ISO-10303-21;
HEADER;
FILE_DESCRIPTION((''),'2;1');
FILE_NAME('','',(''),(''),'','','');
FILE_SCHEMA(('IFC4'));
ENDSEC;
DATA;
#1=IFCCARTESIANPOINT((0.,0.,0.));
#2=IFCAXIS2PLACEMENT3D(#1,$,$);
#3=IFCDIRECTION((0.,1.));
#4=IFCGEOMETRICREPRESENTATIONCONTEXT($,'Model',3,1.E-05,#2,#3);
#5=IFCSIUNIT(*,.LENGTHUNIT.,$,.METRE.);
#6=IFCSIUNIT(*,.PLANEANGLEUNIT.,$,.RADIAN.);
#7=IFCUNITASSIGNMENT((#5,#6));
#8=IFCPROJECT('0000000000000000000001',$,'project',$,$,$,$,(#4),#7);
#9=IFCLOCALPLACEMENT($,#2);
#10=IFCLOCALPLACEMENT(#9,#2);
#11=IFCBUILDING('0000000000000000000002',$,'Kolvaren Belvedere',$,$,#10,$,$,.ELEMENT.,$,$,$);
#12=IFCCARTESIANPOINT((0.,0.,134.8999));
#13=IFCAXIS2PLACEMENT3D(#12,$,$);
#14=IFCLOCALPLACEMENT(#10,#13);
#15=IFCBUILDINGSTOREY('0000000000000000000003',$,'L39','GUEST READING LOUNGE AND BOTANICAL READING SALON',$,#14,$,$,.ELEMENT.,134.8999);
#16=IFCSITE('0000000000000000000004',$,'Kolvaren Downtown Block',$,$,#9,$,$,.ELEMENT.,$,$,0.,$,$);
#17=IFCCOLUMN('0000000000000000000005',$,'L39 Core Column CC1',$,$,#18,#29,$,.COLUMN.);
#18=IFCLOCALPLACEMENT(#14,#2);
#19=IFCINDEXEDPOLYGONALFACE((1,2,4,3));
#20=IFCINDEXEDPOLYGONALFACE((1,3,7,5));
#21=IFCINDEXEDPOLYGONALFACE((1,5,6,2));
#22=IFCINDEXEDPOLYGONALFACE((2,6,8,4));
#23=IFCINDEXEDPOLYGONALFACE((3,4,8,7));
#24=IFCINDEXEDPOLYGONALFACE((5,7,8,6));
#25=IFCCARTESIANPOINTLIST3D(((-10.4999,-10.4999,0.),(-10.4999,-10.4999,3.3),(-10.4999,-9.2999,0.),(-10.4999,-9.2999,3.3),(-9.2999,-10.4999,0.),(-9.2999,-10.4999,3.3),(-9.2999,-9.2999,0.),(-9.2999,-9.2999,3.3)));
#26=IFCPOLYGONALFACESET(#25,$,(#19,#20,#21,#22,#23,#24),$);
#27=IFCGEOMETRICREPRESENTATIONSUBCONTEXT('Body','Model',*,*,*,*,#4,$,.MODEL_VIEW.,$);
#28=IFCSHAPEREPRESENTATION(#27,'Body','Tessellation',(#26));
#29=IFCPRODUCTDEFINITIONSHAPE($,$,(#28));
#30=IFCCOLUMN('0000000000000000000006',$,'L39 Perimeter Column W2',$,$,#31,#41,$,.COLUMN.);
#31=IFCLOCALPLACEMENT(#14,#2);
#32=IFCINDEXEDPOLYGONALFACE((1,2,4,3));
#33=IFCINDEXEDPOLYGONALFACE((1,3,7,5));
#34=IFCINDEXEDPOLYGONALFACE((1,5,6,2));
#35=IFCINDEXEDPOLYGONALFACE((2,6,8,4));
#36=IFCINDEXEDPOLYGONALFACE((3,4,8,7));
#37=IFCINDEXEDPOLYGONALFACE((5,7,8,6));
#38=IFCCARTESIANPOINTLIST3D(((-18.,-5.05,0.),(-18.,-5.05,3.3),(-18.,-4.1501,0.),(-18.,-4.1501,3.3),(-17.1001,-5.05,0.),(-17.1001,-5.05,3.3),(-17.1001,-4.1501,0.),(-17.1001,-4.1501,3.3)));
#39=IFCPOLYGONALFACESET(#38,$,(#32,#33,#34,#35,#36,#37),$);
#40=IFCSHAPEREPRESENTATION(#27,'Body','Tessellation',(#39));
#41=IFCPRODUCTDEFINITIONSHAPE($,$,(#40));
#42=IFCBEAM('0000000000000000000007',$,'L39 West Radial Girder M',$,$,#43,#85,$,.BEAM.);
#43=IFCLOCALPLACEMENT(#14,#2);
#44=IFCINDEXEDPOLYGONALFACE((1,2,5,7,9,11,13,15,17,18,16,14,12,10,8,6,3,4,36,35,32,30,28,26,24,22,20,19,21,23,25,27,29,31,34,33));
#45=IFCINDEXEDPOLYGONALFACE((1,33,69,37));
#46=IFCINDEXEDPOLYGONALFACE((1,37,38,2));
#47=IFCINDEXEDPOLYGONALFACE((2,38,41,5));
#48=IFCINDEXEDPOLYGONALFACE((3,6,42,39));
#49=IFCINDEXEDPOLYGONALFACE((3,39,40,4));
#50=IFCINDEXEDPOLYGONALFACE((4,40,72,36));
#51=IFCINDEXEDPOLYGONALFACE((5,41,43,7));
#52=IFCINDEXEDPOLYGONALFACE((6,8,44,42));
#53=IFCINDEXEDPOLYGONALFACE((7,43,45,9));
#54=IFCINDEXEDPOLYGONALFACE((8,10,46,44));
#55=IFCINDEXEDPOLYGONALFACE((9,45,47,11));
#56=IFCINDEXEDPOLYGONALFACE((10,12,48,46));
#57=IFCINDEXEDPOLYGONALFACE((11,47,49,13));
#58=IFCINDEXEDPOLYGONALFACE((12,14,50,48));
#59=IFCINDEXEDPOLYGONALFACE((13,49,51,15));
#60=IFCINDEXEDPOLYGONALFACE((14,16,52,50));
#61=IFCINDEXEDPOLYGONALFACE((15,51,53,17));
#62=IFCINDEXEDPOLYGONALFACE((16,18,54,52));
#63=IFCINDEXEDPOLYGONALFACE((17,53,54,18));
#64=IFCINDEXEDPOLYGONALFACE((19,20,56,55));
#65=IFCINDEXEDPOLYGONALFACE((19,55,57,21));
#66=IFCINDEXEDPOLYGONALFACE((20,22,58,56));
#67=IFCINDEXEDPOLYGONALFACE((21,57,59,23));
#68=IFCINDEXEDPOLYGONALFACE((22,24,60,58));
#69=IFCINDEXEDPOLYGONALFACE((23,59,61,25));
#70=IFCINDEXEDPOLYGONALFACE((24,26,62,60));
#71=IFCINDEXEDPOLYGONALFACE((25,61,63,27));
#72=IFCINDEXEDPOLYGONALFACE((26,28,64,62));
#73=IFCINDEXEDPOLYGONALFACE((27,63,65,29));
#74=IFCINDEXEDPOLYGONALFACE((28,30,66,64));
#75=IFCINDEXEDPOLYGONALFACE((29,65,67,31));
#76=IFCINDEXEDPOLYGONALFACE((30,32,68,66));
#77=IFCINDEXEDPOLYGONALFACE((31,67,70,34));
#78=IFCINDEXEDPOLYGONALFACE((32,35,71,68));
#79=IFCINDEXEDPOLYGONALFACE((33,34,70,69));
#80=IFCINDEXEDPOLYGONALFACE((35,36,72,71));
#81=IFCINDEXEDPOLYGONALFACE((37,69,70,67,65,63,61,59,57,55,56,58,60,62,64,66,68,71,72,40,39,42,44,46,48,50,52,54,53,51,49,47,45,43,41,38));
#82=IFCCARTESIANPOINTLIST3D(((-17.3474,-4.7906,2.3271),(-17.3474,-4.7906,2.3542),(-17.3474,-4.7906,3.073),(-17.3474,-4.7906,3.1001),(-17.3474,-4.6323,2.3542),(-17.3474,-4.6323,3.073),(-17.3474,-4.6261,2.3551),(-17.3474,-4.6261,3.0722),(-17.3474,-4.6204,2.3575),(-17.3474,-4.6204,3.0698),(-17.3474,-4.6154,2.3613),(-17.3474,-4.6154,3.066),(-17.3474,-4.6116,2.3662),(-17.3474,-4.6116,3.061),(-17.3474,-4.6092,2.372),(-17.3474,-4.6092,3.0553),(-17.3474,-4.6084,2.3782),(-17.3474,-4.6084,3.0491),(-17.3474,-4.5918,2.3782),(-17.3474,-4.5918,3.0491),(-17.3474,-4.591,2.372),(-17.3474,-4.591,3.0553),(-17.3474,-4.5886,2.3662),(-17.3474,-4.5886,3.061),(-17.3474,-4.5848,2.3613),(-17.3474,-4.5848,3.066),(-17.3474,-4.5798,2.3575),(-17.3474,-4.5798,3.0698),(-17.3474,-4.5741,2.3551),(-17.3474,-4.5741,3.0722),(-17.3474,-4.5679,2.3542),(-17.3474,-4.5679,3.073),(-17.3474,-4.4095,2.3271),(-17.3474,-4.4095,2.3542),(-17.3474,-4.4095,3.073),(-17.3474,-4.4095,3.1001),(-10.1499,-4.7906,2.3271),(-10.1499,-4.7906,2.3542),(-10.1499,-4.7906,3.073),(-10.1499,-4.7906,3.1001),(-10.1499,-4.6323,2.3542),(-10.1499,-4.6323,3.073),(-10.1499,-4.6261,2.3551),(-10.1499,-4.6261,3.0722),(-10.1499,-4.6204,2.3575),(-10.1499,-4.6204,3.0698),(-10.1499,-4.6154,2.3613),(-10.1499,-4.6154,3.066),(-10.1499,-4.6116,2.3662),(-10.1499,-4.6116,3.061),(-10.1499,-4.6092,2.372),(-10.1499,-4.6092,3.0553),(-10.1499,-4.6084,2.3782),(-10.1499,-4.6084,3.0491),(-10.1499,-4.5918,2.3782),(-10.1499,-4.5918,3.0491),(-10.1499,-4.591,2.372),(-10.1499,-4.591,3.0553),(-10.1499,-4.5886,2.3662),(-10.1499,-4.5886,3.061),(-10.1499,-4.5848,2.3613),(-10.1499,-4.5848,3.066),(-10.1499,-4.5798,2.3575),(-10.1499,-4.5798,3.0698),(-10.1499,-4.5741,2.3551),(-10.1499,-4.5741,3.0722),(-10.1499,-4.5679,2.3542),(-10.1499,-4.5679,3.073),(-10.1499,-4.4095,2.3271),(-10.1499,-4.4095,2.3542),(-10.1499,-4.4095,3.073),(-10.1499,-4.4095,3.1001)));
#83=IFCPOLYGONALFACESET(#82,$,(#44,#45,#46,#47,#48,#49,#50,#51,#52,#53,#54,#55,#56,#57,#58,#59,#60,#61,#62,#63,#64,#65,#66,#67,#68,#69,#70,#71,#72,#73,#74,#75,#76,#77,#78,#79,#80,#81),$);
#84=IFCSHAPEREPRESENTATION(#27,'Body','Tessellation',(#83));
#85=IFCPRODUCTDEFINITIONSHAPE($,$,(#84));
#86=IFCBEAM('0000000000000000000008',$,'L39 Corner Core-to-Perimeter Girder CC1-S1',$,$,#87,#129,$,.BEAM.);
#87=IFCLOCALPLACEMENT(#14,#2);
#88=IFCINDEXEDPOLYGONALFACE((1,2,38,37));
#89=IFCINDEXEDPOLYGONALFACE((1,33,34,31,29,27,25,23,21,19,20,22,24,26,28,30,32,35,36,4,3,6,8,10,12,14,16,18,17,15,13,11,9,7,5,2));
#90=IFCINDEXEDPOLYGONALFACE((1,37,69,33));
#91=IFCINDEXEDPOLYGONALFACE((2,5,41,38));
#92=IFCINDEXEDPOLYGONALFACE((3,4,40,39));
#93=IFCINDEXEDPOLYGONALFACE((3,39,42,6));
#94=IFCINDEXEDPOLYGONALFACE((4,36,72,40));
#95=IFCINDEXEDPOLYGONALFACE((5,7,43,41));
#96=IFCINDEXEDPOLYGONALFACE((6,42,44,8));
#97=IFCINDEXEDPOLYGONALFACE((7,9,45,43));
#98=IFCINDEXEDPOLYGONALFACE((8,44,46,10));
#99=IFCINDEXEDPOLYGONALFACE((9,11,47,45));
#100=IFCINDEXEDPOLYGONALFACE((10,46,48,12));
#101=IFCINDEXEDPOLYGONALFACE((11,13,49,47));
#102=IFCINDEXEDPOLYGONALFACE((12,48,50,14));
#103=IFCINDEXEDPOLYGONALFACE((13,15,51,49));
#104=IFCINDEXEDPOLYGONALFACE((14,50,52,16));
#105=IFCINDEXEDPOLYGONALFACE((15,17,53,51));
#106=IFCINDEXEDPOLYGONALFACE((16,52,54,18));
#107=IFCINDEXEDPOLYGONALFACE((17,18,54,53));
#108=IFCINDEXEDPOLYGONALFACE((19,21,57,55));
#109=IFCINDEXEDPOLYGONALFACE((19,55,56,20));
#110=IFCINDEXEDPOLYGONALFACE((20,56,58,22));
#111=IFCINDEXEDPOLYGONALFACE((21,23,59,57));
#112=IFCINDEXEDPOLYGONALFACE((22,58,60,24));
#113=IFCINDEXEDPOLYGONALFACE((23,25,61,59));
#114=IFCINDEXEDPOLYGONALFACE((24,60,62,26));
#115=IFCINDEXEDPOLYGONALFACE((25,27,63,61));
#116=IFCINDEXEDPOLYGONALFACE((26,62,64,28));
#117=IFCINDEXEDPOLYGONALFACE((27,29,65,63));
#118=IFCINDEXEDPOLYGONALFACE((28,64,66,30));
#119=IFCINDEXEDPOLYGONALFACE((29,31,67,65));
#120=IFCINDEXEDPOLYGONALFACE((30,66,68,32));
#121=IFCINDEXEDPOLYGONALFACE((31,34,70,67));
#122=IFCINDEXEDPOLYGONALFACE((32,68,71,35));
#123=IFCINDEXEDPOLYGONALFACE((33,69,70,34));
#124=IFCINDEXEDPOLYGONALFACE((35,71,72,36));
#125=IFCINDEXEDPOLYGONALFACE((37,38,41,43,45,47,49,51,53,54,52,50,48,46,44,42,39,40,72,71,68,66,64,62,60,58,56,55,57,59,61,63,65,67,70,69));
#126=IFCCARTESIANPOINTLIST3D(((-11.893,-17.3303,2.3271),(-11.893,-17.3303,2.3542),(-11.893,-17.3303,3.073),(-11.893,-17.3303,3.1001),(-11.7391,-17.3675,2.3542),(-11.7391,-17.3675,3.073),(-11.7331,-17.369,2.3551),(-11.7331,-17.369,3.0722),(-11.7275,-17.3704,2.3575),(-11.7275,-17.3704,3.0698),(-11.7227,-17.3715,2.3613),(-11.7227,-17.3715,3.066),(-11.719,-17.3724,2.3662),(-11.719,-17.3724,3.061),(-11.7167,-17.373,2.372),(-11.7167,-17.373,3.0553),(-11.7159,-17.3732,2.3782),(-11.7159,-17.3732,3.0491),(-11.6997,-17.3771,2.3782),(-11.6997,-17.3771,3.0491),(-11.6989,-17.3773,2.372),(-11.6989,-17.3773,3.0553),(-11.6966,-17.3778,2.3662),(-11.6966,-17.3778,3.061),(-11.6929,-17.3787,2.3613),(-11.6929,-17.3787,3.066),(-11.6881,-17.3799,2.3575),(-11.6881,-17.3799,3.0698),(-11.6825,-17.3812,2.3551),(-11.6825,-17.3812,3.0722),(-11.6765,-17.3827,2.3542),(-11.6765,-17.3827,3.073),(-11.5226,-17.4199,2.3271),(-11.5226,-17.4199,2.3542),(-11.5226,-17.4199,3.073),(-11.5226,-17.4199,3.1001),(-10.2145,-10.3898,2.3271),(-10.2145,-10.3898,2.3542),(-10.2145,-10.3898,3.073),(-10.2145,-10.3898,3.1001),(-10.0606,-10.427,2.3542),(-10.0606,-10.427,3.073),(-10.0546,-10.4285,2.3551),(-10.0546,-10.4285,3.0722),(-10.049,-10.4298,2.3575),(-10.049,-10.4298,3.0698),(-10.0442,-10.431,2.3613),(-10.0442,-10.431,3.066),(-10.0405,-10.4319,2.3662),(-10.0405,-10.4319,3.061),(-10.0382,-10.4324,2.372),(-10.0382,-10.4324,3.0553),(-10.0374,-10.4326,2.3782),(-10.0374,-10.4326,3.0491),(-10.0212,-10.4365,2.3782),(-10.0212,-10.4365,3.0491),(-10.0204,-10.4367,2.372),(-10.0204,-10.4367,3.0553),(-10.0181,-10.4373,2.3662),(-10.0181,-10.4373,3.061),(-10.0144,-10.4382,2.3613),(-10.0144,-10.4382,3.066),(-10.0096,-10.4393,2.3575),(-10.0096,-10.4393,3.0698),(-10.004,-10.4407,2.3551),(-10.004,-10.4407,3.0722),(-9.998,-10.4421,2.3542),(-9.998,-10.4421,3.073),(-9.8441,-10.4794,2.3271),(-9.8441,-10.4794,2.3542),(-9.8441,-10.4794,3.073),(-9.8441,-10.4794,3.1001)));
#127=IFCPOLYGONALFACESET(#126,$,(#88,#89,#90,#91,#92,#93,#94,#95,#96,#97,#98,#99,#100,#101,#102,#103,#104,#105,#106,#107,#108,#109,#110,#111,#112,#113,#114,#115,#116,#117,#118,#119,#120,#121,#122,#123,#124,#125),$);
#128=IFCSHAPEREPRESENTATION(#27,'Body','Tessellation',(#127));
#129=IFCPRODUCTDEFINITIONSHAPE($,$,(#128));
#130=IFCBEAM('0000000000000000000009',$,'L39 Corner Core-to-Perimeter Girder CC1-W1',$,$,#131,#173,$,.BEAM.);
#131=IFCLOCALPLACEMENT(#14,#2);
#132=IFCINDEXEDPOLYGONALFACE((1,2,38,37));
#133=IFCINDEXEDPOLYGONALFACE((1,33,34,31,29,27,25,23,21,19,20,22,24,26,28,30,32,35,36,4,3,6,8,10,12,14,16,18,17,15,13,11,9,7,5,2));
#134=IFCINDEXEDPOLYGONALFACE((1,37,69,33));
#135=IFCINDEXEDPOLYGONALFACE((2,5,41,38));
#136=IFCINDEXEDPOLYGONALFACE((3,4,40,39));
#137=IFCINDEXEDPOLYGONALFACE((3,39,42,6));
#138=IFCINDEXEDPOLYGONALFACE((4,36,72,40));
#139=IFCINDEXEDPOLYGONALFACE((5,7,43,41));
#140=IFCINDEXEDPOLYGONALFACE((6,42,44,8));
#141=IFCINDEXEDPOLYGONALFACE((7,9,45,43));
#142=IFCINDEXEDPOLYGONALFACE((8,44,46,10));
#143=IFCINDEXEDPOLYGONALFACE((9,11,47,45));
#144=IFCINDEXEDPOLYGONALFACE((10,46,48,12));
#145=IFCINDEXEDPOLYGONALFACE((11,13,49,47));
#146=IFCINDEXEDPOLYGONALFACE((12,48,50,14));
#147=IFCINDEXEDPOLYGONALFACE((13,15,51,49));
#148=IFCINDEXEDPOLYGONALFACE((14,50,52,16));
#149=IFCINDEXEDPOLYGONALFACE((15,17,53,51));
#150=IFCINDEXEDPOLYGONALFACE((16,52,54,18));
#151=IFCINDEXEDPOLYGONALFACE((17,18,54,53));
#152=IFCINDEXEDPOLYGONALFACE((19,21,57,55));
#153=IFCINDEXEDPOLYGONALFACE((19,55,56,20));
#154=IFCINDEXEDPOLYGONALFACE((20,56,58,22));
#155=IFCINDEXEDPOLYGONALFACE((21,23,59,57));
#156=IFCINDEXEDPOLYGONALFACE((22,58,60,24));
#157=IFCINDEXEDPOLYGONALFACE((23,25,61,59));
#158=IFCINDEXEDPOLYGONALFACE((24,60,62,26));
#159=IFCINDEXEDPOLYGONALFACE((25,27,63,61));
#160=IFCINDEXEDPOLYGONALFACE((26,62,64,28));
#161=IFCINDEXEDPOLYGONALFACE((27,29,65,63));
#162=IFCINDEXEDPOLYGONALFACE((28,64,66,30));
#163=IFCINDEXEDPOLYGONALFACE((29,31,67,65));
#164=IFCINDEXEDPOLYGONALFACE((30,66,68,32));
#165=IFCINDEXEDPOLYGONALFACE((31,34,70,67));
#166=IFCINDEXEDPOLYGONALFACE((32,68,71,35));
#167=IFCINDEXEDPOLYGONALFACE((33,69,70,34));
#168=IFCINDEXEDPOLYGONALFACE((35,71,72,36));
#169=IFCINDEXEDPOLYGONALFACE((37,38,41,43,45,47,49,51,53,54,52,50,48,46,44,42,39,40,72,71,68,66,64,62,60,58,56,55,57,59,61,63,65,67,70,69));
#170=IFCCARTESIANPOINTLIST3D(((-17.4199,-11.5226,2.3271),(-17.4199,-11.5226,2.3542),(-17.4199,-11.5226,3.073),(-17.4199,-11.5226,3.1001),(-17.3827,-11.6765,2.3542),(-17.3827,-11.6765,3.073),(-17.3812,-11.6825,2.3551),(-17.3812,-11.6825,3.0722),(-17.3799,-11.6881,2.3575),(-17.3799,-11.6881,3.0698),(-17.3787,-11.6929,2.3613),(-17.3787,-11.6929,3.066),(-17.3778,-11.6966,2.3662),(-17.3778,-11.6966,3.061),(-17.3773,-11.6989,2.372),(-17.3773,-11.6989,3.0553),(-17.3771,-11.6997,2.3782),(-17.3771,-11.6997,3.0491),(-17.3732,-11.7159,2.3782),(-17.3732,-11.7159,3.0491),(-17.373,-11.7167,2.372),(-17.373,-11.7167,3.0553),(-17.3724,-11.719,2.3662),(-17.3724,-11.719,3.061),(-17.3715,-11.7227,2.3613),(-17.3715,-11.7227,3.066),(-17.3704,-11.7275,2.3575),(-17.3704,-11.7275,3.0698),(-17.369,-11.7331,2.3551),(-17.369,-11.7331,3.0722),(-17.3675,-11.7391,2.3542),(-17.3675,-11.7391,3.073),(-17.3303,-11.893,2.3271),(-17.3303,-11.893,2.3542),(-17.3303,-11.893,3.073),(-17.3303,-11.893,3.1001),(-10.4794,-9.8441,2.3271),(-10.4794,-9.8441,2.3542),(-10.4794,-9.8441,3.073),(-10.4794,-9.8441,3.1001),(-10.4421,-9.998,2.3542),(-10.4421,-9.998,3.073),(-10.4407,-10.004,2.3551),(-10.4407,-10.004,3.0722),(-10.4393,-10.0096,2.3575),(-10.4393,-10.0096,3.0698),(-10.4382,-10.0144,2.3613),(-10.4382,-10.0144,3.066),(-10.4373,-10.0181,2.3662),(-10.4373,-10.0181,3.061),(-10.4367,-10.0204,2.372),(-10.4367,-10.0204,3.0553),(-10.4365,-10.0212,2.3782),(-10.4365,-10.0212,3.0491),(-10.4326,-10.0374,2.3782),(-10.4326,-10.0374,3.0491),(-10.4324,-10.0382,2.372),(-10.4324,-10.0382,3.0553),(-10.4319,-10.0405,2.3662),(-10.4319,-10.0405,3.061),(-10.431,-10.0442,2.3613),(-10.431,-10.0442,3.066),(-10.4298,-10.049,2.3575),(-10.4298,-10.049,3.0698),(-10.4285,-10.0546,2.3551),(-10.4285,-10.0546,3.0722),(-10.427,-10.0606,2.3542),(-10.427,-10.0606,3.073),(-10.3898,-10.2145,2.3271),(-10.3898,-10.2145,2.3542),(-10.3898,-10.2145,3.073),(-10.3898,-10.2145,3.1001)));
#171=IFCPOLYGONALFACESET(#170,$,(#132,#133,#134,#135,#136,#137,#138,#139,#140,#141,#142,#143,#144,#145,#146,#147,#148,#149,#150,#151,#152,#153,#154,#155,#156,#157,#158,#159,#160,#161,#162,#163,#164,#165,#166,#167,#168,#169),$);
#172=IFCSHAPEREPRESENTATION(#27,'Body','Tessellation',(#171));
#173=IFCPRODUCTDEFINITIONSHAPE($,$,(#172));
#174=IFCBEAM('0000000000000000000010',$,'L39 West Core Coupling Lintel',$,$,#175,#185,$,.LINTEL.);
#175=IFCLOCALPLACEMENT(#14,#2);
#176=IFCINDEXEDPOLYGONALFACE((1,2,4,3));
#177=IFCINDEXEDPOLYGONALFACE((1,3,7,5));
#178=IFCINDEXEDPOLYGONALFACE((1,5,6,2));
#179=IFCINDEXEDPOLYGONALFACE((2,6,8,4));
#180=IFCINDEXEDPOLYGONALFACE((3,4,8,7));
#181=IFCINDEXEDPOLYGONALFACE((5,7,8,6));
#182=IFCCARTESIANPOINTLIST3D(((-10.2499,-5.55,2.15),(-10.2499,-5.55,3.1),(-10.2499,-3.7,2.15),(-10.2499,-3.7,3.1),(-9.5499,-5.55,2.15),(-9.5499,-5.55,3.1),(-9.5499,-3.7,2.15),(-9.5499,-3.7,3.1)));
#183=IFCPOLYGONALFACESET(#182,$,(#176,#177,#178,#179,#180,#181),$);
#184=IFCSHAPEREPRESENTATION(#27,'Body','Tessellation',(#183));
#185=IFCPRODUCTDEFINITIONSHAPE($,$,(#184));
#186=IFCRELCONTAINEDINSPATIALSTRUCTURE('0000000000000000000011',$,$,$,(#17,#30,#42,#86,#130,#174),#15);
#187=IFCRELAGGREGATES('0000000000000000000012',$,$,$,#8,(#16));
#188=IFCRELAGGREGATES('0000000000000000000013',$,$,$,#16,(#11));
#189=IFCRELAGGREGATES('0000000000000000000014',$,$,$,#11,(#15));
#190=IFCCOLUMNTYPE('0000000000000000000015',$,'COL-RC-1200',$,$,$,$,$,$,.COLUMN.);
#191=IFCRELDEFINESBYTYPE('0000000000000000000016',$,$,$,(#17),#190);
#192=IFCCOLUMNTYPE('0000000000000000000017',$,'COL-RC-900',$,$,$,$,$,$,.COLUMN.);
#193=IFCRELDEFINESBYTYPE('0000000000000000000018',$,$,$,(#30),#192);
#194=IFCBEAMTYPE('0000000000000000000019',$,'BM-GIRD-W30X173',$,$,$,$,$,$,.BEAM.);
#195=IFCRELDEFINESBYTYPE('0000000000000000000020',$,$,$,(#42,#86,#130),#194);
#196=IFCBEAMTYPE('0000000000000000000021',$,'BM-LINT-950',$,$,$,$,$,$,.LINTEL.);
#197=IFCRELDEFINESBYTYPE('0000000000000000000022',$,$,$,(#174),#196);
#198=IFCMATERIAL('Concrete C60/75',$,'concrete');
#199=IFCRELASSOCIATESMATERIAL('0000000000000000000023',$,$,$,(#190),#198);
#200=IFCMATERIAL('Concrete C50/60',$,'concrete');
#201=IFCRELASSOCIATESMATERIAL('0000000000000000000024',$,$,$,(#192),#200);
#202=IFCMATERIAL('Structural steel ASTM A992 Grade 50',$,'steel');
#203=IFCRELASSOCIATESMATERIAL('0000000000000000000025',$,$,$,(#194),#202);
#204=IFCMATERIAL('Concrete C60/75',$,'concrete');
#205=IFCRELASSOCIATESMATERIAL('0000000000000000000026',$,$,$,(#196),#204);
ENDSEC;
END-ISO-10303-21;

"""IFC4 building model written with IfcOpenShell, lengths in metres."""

from ifc_helpers import new_model, si_unit, direction, frame, origin, origin_2d, place, context, subcontext, project, spatial, rectangle, i_section, extrude, material, material_profile, profile_set, type_object, element, save


model = new_model("IFC4")

# Units and contexts
model_context = context("Model", 3, precision=1e-05, world=origin(), true_north=direction((0.0, 1.0)))
body_context = subcontext(model_context, "Body", "Model", "MODEL_VIEW")
ifc_project = project(units=[si_unit("LENGTHUNIT", "METRE"), si_unit("PLANEANGLEUNIT", "RADIAN")], contexts=[model_context])

# Site, building, storey
site_placement = place(None, origin())
site = spatial("IfcSite", under=ifc_project, at=site_placement, Name="Kolvaren Downtown Block", CompositionType="ELEMENT", RefElevation=0.0)
building_placement = place(site_placement, origin())
building = spatial("IfcBuilding", under=site, at=building_placement, Name="Kolvaren Belvedere", CompositionType="ELEMENT")
storey_placement = place(building_placement, frame((0.0, 0.0, 134.8999)))
storey = spatial("IfcBuildingStorey", under=building, at=storey_placement, Name="L39", Description="GUEST READING LOUNGE AND BOTANICAL READING SALON", CompositionType="ELEMENT", Elevation=134.8999)

# Columns
ifc_material_1 = material(Name="Concrete C60/75", Category="concrete")
ifc_material_profile_1 = material_profile(ifc_material_1, rectangle(XDim=1.2, YDim=1.2, at=origin_2d()), Name="RC 1200X1200")
ifc_profile_set_1 = profile_set([ifc_material_profile_1], Name="Concrete C60/75")
column_type_1 = type_object("IfcColumnType", Name="COL-RC-1200", PredefinedType="COLUMN", material=ifc_profile_set_1)
column_1_placement = place(storey_placement, frame((-9.8999, -9.8999, 0.0), z_axis=(0.0, 0.0, 1.0), x_axis=(1.0, 0.0, 0.0)))
element("IfcColumn", 1, at=column_1_placement, inside=storey, type_object=column_type_1, Name="L39 Core Column CC1", PredefinedType="COLUMN", context=body_context, shape_type="SweptSolid", body=[
    extrude(rectangle(XDim=1.2, YDim=1.2, at=origin_2d()), origin(), (0.0, 0.0, 1.0), 3.3),
])
ifc_material_2 = material(Name="Concrete C50/60", Category="concrete")
ifc_material_profile_2 = material_profile(ifc_material_2, rectangle(XDim=0.8999, YDim=0.8999, at=origin_2d()), Name="RC 900X900")
ifc_profile_set_2 = profile_set([ifc_material_profile_2], Name="Concrete C50/60")
column_type_2 = type_object("IfcColumnType", Name="COL-RC-900", PredefinedType="COLUMN", material=ifc_profile_set_2)
column_2_placement = place(storey_placement, frame((-17.55, -4.6001, 0.0), z_axis=(0.0, 0.0, 1.0), x_axis=(1.0, 0.0, 0.0)))
element("IfcColumn", 2, at=column_2_placement, inside=storey, type_object=column_type_2, Name="L39 Perimeter Column W2", PredefinedType="COLUMN", context=body_context, shape_type="SweptSolid", body=[
    extrude(rectangle(XDim=0.8999, YDim=0.8999, at=origin_2d()), origin(), (0.0, 0.0, 1.0), 3.3),
])

# Beams
ifc_material_3 = material(Name="Structural steel ASTM A992 Grade 50", Category="steel")
ifc_material_profile_3 = material_profile(ifc_material_3, i_section(OverallWidth=0.3811, OverallDepth=0.7729, WebThickness=0.0166, FlangeThickness=0.0271, FilletRadius=0.0239, at=origin_2d()), Name="W30X173")
ifc_profile_set_3 = profile_set([ifc_material_profile_3], Name="Structural steel ASTM A992 Grade 50")
beam_type_1 = type_object("IfcBeamType", Name="BM-GIRD-W30X173", PredefinedType="BEAM", material=ifc_profile_set_3)
beam_1_placement = place(storey_placement, frame((-10.1499, -4.6001, 2.7136), z_axis=(-1.0, 0.0, 0.0), x_axis=(0.0, -1.0, 0.0)))
element("IfcBeam", 3, at=beam_1_placement, inside=storey, type_object=beam_type_1, Name="L39 West Radial Girder M", PredefinedType="BEAM", context=body_context, shape_type="SweptSolid", body=[
    extrude(i_section(OverallWidth=0.3811, OverallDepth=0.7729, WebThickness=0.0166, FlangeThickness=0.0271, FilletRadius=0.0239, at=origin_2d()), origin(), (0.0, 0.0, 1.0), 7.1975),
])
for number, where, z_axis, x_axis, name in (
    (4, (-10.0293, -10.4346, 2.7136), (-0.235063, -0.97198, 0.0), (0.97198, -0.235063, 0.0), "L39 Corner Core-to-Perimeter Girder CC1-S1"),
    (5, (-10.4346, -10.0293, 2.7136), (-0.97198, -0.235063, 0.0), (0.235063, -0.97198, 0.0), "L39 Corner Core-to-Perimeter Girder CC1-W1"),
):
    element("IfcBeam", number, at=place(storey_placement, frame(where, z_axis=z_axis, x_axis=x_axis)), inside=storey, type_object=beam_type_1, Name=name, PredefinedType="BEAM", context=body_context, shape_type="SweptSolid", body=[
        extrude(i_section(OverallWidth=0.3811, OverallDepth=0.7729, WebThickness=0.0166, FlangeThickness=0.0271, FilletRadius=0.0239, at=origin_2d()), origin(), (0.0, 0.0, 1.0), 7.1406),
    ])
ifc_material_4 = material(Name="Concrete C60/75", Category="concrete")
ifc_material_profile_4 = material_profile(ifc_material_4, rectangle(XDim=0.7, YDim=0.95, at=origin_2d()), Name="RC 700X950")
ifc_profile_set_4 = profile_set([ifc_material_profile_4], Name="Concrete C60/75")
beam_type_2 = type_object("IfcBeamType", Name="BM-LINT-950", PredefinedType="LINTEL", material=ifc_profile_set_4)
beam_2_placement = place(storey_placement, frame((-9.8999, -5.55, 2.625), z_axis=(0.0, 1.0, 0.0), x_axis=(-1.0, 0.0, 0.0)))
element("IfcBeam", 6, at=beam_2_placement, inside=storey, type_object=beam_type_2, Name="L39 West Core Coupling Lintel", PredefinedType="LINTEL", context=body_context, shape_type="SweptSolid", body=[
    extrude(rectangle(XDim=0.7, YDim=0.95, at=origin_2d()), origin(), (0.0, 0.0, 1.0), 1.8501),
])

save(model, "model.ifc")
